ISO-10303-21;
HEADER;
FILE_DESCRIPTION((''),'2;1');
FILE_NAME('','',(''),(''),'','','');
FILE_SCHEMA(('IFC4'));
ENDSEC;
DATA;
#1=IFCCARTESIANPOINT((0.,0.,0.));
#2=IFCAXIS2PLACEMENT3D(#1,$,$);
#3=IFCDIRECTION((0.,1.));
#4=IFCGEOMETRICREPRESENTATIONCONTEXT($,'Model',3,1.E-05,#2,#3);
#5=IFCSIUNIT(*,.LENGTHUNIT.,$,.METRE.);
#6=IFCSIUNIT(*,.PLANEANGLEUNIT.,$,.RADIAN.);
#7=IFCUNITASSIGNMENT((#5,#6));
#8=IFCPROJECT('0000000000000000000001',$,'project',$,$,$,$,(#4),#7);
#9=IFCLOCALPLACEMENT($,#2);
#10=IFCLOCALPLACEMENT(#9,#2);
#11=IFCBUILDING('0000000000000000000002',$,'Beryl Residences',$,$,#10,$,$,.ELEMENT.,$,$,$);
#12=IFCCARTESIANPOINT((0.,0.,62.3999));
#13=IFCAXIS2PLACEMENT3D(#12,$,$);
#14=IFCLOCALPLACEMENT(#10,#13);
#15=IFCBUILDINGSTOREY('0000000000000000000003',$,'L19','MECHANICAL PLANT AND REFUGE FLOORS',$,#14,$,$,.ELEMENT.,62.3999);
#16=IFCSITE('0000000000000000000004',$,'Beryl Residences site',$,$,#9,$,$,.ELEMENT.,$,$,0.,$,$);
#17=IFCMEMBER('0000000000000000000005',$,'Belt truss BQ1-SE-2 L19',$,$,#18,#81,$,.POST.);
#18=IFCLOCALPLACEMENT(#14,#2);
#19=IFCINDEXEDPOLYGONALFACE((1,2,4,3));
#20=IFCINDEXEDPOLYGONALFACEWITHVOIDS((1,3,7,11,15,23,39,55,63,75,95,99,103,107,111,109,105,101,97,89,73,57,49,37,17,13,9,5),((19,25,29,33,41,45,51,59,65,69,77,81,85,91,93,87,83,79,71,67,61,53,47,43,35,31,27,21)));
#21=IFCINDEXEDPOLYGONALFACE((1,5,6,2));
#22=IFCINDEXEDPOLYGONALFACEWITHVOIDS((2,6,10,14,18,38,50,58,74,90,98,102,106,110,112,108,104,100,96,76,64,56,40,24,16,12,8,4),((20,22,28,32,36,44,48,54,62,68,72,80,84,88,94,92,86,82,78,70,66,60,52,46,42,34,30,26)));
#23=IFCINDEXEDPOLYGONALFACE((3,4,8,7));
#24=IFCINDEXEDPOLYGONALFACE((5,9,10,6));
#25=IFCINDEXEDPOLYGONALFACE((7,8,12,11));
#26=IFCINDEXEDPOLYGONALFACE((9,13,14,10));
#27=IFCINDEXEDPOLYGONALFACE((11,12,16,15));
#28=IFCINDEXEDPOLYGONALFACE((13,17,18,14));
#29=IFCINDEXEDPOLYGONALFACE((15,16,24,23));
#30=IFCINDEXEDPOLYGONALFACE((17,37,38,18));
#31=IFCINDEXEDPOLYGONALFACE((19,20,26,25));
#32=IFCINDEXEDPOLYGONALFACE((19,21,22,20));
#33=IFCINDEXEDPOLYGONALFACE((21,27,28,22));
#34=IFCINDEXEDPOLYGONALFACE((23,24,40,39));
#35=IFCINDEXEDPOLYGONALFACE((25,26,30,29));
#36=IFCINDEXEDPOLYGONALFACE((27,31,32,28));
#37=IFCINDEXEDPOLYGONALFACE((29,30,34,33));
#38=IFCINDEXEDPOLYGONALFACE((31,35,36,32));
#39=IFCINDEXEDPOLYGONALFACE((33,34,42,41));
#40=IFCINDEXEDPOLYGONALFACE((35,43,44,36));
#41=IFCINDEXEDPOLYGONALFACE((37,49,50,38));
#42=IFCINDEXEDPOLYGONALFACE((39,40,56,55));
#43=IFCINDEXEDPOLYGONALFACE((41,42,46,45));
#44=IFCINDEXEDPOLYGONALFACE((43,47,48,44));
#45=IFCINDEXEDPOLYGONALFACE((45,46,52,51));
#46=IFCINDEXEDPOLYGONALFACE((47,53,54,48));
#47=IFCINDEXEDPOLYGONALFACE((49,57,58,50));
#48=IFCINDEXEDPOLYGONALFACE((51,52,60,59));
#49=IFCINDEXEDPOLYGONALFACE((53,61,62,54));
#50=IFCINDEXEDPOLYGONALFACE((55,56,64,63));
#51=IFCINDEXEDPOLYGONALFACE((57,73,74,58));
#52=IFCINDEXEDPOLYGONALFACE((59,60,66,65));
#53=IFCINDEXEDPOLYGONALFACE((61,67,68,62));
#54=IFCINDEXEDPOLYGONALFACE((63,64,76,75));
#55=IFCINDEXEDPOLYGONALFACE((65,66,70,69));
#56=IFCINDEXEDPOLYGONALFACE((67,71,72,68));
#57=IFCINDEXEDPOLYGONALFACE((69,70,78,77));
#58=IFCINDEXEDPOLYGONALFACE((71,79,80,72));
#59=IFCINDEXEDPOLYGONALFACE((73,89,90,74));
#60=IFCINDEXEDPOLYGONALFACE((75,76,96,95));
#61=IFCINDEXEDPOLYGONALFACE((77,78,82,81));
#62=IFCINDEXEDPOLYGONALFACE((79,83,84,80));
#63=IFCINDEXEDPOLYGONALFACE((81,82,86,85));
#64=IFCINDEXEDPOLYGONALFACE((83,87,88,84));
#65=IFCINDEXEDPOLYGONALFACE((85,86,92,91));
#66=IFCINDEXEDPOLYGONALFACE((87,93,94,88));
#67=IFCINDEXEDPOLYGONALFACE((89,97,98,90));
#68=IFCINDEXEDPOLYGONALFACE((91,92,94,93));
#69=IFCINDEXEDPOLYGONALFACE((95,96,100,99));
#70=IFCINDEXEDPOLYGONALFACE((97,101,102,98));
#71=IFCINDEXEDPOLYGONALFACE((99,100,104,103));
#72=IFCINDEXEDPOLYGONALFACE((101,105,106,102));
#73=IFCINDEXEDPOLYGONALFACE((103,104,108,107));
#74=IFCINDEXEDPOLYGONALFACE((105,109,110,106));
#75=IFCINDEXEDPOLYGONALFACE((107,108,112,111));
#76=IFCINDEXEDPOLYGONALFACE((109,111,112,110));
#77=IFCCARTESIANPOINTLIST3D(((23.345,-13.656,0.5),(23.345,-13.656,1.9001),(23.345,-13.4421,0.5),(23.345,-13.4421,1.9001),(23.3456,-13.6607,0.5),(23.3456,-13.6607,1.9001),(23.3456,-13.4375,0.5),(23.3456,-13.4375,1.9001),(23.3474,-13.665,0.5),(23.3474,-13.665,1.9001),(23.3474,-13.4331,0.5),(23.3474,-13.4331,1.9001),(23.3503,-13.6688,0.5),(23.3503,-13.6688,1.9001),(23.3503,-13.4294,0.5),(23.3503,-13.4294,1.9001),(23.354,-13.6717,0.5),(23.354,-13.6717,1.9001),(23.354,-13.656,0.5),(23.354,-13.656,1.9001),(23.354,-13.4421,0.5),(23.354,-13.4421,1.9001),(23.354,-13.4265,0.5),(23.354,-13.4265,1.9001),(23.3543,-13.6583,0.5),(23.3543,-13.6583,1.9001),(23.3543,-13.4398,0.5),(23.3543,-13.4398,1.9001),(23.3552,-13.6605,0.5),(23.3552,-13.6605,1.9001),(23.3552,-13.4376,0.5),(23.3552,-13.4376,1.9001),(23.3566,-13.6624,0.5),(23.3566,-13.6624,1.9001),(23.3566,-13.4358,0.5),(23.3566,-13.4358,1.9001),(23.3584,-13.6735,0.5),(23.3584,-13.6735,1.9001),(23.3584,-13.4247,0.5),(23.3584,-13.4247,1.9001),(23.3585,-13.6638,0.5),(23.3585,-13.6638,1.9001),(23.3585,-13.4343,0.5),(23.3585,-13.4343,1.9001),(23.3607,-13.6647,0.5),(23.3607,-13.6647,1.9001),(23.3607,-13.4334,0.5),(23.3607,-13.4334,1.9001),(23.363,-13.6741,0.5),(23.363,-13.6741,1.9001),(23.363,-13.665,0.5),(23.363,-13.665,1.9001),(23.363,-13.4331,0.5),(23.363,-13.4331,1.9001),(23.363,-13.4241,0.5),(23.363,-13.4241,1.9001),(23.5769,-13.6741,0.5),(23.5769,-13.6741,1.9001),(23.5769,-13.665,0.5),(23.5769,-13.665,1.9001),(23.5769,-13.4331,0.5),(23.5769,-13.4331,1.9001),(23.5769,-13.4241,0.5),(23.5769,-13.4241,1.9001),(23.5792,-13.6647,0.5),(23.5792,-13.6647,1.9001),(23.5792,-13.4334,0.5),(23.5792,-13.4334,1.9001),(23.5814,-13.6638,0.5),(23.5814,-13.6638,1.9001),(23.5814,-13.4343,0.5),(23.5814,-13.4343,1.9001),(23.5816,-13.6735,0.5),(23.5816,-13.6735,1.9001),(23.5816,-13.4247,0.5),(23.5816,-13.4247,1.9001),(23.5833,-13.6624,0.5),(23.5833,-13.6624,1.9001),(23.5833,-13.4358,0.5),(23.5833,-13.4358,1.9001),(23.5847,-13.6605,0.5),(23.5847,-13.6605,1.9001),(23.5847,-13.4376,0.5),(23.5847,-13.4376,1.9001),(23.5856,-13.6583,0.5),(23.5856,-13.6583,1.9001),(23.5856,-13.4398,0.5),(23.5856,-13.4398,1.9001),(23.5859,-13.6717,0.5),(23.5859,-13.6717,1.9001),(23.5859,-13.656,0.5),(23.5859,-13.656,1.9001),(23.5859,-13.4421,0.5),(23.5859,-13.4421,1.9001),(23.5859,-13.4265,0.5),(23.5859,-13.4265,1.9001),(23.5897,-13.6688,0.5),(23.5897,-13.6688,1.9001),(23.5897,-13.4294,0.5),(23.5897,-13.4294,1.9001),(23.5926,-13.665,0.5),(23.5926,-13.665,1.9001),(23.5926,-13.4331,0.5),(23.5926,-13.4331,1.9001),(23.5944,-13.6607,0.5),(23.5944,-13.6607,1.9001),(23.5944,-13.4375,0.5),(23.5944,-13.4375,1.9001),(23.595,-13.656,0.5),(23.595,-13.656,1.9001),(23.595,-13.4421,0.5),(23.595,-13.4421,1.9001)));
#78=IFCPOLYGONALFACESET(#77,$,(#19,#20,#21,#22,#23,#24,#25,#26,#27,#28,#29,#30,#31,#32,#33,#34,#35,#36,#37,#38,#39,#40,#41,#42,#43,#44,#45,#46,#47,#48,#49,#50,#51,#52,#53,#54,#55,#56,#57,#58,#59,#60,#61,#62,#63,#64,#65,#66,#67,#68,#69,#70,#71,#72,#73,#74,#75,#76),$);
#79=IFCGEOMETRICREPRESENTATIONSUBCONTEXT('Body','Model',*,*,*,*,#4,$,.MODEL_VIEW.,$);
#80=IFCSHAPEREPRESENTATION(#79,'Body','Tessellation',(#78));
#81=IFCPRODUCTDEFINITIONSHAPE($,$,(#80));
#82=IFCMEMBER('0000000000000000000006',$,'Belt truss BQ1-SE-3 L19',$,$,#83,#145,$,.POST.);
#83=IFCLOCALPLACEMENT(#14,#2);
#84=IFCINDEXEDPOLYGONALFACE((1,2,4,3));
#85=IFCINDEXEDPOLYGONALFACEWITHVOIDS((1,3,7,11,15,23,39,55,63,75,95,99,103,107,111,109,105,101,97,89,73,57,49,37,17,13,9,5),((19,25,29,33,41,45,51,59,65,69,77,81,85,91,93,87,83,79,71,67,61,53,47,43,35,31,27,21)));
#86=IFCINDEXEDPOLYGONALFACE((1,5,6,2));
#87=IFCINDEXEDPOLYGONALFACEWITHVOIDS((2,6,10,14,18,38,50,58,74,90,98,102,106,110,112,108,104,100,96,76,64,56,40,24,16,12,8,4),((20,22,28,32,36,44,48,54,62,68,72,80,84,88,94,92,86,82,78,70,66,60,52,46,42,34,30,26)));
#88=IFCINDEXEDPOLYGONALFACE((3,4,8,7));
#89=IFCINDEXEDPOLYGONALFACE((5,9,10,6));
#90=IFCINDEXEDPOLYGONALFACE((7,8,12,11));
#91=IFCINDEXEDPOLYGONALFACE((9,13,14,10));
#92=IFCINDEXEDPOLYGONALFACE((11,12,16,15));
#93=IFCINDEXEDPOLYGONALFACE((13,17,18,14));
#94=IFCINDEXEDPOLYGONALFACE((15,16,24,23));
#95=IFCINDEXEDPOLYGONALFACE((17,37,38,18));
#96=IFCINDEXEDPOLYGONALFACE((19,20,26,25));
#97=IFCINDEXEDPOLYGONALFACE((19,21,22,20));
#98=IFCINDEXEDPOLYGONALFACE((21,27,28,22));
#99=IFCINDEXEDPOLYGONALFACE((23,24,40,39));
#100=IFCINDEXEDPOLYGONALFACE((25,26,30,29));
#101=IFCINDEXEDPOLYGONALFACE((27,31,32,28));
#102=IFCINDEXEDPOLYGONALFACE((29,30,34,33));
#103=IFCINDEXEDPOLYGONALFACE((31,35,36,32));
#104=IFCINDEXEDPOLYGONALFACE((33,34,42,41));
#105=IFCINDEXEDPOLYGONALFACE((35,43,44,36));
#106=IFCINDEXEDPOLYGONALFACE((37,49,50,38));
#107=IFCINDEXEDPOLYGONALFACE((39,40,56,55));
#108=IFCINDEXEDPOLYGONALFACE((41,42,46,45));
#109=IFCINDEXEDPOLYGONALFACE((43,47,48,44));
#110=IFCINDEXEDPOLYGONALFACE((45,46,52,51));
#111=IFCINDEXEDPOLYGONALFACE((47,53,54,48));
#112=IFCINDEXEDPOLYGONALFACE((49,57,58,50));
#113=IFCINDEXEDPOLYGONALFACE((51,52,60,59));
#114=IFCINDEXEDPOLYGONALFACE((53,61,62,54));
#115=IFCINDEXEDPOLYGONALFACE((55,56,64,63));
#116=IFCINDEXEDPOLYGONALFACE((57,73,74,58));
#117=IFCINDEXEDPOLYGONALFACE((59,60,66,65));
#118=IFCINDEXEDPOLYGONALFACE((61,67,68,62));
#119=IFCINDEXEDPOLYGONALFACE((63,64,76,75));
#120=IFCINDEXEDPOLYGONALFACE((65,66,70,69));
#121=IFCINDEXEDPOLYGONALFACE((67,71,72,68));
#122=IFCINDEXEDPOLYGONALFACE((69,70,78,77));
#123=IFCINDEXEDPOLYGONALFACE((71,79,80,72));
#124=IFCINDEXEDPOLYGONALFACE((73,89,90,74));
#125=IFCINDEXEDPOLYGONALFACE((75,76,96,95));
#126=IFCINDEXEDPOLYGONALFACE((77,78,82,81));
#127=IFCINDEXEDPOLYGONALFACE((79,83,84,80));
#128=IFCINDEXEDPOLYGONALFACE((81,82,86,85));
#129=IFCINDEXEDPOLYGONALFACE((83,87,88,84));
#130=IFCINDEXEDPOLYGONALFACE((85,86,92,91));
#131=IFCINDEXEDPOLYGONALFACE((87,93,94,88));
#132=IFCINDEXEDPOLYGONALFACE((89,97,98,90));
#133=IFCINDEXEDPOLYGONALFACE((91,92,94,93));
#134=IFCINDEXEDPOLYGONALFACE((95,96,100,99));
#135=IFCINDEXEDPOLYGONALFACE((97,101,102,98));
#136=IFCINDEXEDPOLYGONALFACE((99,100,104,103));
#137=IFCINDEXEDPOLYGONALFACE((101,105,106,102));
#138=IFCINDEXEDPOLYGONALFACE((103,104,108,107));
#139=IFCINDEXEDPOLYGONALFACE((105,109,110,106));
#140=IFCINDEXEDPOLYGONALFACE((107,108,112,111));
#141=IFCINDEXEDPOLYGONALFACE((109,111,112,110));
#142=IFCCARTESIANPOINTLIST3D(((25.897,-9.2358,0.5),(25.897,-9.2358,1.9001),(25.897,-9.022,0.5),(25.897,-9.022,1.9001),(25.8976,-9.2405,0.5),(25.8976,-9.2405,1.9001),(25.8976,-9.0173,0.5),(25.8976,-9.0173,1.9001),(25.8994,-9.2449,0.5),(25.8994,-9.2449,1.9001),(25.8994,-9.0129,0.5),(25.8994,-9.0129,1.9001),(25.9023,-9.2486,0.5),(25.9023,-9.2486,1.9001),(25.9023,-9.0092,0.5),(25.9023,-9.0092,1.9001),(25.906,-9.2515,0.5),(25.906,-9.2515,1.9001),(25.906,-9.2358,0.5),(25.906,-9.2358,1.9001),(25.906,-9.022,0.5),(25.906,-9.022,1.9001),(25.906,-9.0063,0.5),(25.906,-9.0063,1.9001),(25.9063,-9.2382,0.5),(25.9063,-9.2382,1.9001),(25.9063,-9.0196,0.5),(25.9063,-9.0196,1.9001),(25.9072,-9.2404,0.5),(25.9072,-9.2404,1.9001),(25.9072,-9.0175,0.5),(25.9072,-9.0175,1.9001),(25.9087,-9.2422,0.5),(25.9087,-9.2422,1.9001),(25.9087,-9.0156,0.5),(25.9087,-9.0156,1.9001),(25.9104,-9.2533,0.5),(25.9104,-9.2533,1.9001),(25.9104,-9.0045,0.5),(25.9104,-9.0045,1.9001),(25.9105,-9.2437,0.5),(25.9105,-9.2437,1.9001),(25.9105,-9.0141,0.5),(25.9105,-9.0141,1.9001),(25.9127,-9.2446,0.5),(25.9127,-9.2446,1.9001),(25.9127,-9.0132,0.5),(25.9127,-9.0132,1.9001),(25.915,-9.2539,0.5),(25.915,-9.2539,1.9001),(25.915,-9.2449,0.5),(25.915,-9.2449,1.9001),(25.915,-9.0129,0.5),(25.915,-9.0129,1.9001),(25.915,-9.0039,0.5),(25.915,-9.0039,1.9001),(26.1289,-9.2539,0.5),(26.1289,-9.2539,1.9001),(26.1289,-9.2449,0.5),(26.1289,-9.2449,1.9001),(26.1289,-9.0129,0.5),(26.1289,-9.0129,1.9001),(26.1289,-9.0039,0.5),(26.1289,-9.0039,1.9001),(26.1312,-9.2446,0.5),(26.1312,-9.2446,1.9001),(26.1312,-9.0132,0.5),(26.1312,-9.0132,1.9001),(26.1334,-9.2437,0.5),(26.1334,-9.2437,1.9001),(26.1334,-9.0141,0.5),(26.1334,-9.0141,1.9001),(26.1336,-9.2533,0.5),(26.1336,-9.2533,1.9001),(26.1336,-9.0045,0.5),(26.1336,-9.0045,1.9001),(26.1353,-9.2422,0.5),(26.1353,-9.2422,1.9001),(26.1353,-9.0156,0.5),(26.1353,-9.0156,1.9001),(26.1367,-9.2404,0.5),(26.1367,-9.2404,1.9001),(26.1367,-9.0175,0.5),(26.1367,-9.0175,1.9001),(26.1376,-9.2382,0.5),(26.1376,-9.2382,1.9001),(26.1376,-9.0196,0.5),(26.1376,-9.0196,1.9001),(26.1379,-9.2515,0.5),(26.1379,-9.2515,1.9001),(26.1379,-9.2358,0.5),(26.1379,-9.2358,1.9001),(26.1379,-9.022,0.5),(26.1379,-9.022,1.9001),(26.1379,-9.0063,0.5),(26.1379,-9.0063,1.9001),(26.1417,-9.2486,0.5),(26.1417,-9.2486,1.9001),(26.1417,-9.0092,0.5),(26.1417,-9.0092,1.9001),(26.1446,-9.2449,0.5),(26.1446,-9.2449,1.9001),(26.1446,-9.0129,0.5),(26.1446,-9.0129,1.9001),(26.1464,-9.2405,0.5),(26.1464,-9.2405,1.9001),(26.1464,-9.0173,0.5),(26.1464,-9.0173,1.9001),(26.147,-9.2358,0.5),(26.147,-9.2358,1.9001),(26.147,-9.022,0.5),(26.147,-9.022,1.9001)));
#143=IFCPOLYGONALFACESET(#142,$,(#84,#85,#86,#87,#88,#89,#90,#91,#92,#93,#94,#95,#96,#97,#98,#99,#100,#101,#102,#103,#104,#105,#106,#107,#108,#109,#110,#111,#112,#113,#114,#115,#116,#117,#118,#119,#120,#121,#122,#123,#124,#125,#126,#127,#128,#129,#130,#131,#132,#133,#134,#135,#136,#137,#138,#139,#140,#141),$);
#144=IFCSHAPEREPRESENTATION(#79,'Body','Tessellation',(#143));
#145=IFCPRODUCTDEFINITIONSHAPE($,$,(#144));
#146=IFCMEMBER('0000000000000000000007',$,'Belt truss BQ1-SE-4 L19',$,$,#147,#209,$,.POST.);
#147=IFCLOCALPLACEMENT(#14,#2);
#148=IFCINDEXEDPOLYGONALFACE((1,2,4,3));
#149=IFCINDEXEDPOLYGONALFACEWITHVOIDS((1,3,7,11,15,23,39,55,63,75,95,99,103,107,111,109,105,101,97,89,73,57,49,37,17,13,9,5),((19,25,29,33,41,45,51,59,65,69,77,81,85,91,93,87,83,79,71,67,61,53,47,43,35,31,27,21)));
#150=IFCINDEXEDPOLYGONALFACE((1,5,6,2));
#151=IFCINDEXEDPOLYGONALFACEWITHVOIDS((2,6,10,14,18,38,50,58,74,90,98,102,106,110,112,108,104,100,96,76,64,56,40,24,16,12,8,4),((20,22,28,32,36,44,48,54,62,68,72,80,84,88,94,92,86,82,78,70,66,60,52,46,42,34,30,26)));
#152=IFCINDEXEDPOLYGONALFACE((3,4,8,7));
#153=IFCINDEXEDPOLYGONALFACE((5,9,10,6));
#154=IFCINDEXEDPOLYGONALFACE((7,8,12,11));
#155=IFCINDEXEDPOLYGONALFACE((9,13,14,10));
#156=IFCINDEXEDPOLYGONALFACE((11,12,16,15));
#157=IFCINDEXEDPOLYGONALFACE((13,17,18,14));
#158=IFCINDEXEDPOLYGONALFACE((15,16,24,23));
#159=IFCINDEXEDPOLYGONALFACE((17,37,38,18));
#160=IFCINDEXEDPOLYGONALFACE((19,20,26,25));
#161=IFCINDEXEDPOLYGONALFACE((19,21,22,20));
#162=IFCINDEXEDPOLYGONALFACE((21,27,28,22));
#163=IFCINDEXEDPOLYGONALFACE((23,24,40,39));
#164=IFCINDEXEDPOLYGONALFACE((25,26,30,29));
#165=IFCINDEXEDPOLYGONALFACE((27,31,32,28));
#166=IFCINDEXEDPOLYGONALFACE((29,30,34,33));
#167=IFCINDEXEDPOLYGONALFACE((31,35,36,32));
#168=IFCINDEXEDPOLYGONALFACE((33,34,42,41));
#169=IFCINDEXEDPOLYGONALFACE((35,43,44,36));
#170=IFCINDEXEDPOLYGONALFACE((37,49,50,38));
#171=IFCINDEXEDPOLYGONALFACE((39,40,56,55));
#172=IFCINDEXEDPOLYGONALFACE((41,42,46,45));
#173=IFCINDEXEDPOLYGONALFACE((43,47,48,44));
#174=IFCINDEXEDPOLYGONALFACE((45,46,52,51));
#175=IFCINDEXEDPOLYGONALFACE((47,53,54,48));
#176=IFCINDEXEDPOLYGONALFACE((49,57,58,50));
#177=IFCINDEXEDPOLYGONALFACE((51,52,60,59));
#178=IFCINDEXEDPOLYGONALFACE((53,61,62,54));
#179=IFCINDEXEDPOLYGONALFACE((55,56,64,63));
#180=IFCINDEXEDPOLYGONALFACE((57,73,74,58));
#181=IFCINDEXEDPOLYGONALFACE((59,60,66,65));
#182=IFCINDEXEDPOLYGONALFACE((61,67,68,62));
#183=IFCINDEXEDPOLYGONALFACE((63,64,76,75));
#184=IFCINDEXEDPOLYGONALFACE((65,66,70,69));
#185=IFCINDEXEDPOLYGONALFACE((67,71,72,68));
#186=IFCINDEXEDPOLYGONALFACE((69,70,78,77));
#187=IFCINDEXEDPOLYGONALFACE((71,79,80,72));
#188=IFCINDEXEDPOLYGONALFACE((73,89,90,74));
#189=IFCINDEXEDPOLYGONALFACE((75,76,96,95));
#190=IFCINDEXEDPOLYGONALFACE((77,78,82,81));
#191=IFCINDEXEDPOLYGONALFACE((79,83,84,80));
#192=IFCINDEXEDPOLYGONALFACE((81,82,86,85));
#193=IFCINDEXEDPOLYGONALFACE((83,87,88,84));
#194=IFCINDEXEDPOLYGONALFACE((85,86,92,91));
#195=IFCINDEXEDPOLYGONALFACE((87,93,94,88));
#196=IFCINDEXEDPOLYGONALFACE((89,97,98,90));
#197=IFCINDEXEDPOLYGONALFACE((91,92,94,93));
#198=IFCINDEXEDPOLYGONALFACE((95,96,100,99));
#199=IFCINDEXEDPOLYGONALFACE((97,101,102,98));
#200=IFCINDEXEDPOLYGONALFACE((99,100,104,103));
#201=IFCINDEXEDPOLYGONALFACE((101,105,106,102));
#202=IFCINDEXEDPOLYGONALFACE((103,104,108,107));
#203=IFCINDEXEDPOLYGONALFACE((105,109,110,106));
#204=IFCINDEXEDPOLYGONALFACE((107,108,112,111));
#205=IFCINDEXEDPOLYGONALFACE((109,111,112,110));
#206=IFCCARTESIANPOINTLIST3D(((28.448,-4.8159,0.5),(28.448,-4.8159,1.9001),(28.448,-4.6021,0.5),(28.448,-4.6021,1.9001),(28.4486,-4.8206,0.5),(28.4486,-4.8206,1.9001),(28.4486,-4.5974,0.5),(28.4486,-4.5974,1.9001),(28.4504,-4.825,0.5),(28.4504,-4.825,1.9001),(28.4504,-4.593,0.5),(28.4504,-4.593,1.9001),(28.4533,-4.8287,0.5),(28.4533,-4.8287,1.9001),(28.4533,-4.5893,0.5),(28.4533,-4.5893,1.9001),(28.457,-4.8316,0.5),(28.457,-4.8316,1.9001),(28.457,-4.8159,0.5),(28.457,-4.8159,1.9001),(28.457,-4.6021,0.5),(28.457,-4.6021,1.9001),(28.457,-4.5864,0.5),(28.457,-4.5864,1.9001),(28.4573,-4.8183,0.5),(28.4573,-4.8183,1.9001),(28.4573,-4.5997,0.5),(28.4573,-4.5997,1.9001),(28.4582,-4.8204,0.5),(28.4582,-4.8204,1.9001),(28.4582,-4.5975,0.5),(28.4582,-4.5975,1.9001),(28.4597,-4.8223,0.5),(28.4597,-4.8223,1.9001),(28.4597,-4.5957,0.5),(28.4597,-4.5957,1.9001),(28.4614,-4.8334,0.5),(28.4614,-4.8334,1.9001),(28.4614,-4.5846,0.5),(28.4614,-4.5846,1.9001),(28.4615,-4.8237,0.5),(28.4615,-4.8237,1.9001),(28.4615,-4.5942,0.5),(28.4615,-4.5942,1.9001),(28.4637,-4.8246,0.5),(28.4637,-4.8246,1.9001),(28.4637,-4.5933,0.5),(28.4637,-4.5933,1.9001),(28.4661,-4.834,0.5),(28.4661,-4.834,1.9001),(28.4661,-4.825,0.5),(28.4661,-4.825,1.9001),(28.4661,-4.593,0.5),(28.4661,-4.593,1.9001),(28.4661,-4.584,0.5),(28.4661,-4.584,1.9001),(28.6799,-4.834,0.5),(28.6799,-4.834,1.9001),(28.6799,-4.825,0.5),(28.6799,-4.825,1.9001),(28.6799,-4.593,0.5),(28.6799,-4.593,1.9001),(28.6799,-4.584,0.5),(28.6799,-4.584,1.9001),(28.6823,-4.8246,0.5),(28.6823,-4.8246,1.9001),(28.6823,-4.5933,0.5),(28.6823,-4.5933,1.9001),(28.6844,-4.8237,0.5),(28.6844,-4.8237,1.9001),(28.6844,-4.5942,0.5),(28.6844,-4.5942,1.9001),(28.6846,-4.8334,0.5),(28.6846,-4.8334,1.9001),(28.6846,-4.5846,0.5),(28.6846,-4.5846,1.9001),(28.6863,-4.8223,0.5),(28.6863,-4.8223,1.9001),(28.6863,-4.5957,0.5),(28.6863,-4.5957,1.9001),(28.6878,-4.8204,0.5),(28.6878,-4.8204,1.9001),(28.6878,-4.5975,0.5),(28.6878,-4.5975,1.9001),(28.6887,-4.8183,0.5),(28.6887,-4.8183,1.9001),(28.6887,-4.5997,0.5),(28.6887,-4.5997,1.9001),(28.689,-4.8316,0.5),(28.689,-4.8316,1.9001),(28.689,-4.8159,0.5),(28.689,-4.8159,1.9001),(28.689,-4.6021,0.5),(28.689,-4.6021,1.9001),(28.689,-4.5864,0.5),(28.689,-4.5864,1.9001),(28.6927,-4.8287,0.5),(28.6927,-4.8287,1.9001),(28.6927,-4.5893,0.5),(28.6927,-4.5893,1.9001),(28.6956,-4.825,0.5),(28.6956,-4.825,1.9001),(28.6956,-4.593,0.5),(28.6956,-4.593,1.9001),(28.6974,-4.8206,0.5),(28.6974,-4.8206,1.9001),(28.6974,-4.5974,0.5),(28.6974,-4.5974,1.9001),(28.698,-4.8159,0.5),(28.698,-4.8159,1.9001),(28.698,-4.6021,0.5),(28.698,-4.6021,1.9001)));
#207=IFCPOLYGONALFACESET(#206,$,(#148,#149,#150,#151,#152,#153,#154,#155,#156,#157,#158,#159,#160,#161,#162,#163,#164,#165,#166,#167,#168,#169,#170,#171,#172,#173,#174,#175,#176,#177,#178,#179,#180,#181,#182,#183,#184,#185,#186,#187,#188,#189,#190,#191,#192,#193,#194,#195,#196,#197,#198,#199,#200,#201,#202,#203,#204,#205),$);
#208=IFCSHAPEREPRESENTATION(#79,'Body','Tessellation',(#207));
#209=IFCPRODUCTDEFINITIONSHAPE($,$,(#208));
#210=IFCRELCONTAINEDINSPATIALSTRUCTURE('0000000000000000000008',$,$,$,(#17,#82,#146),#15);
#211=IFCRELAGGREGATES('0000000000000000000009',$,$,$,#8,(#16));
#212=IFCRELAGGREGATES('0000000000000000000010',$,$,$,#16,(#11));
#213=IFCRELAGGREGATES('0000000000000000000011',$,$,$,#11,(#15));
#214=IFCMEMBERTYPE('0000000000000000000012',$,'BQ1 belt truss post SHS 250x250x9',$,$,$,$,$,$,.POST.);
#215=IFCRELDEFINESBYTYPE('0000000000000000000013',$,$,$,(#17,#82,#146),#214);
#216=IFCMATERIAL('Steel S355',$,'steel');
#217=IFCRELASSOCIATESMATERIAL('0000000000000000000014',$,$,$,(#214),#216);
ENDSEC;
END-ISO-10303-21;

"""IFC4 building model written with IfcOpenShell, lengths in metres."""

from ifc_helpers import new_model, si_unit, direction, frame, origin, origin_2d, place, context, subcontext, project, spatial, hollow_rectangle, extrude, material, material_profile, profile_set, type_object, element, save


model = new_model("IFC4")

# Units and contexts
model_context = context("Model", 3, precision=1e-05, world=origin(), true_north=direction((0.0, 1.0)))
body_context = subcontext(model_context, "Body", "Model", "MODEL_VIEW")
ifc_project = project(units=[si_unit("LENGTHUNIT", "METRE"), si_unit("PLANEANGLEUNIT", "RADIAN")], contexts=[model_context])

# Site, building, storey
site_placement = place(None, origin())
site = spatial("IfcSite", under=ifc_project, at=site_placement, Name="Beryl Residences site", CompositionType="ELEMENT", RefElevation=0.0)
building_placement = place(site_placement, origin())
building = spatial("IfcBuilding", under=site, at=building_placement, Name="Beryl Residences", CompositionType="ELEMENT")
storey_placement = place(building_placement, frame((0.0, 0.0, 62.3999)))
storey = spatial("IfcBuildingStorey", under=building, at=storey_placement, Name="L19", Description="MECHANICAL PLANT AND REFUGE FLOORS", CompositionType="ELEMENT", Elevation=62.3999)

# Members
ifc_material_1 = material(Name="Steel S355", Category="steel")
ifc_material_profile_1 = material_profile(ifc_material_1, hollow_rectangle(XDim=0.25, YDim=0.25, WallThickness=0.009, InnerFilletRadius=0.009, OuterFilletRadius=0.0181, at=origin_2d()))
ifc_profile_set_1 = profile_set([ifc_material_profile_1], Name="Steel S355")
member_type_1 = type_object("IfcMemberType", Name="BQ1 belt truss post SHS 250x250x9", PredefinedType="POST", material=ifc_profile_set_1)
for number, where, z_axis, x_axis, name in (
    (1, (23.47, -13.5491, 0.5), (0.0, 0.0, 1.0), (1.0, 0.0, 0.0), "Belt truss BQ1-SE-2 L19"),
    (2, (26.022, -9.1289, 0.5), (0.0, 0.0, 1.0), (1.0, 0.0, 0.0), "Belt truss BQ1-SE-3 L19"),
    (3, (28.573, -4.709, 0.5), (0.0, 0.0, 1.0), (1.0, 0.0, 0.0), "Belt truss BQ1-SE-4 L19"),
):
    element("IfcMember", number, at=place(storey_placement, frame(where, z_axis=z_axis, x_axis=x_axis)), inside=storey, type_object=member_type_1, Name=name, PredefinedType="POST", context=body_context, shape_type="SweptSolid", body=[
        extrude(hollow_rectangle(XDim=0.25, YDim=0.25, WallThickness=0.009, InnerFilletRadius=0.009, OuterFilletRadius=0.0181, at=origin_2d()), origin(), (0.0, 0.0, 1.0), 1.4001),
    ])

save(model, "model.ifc")
